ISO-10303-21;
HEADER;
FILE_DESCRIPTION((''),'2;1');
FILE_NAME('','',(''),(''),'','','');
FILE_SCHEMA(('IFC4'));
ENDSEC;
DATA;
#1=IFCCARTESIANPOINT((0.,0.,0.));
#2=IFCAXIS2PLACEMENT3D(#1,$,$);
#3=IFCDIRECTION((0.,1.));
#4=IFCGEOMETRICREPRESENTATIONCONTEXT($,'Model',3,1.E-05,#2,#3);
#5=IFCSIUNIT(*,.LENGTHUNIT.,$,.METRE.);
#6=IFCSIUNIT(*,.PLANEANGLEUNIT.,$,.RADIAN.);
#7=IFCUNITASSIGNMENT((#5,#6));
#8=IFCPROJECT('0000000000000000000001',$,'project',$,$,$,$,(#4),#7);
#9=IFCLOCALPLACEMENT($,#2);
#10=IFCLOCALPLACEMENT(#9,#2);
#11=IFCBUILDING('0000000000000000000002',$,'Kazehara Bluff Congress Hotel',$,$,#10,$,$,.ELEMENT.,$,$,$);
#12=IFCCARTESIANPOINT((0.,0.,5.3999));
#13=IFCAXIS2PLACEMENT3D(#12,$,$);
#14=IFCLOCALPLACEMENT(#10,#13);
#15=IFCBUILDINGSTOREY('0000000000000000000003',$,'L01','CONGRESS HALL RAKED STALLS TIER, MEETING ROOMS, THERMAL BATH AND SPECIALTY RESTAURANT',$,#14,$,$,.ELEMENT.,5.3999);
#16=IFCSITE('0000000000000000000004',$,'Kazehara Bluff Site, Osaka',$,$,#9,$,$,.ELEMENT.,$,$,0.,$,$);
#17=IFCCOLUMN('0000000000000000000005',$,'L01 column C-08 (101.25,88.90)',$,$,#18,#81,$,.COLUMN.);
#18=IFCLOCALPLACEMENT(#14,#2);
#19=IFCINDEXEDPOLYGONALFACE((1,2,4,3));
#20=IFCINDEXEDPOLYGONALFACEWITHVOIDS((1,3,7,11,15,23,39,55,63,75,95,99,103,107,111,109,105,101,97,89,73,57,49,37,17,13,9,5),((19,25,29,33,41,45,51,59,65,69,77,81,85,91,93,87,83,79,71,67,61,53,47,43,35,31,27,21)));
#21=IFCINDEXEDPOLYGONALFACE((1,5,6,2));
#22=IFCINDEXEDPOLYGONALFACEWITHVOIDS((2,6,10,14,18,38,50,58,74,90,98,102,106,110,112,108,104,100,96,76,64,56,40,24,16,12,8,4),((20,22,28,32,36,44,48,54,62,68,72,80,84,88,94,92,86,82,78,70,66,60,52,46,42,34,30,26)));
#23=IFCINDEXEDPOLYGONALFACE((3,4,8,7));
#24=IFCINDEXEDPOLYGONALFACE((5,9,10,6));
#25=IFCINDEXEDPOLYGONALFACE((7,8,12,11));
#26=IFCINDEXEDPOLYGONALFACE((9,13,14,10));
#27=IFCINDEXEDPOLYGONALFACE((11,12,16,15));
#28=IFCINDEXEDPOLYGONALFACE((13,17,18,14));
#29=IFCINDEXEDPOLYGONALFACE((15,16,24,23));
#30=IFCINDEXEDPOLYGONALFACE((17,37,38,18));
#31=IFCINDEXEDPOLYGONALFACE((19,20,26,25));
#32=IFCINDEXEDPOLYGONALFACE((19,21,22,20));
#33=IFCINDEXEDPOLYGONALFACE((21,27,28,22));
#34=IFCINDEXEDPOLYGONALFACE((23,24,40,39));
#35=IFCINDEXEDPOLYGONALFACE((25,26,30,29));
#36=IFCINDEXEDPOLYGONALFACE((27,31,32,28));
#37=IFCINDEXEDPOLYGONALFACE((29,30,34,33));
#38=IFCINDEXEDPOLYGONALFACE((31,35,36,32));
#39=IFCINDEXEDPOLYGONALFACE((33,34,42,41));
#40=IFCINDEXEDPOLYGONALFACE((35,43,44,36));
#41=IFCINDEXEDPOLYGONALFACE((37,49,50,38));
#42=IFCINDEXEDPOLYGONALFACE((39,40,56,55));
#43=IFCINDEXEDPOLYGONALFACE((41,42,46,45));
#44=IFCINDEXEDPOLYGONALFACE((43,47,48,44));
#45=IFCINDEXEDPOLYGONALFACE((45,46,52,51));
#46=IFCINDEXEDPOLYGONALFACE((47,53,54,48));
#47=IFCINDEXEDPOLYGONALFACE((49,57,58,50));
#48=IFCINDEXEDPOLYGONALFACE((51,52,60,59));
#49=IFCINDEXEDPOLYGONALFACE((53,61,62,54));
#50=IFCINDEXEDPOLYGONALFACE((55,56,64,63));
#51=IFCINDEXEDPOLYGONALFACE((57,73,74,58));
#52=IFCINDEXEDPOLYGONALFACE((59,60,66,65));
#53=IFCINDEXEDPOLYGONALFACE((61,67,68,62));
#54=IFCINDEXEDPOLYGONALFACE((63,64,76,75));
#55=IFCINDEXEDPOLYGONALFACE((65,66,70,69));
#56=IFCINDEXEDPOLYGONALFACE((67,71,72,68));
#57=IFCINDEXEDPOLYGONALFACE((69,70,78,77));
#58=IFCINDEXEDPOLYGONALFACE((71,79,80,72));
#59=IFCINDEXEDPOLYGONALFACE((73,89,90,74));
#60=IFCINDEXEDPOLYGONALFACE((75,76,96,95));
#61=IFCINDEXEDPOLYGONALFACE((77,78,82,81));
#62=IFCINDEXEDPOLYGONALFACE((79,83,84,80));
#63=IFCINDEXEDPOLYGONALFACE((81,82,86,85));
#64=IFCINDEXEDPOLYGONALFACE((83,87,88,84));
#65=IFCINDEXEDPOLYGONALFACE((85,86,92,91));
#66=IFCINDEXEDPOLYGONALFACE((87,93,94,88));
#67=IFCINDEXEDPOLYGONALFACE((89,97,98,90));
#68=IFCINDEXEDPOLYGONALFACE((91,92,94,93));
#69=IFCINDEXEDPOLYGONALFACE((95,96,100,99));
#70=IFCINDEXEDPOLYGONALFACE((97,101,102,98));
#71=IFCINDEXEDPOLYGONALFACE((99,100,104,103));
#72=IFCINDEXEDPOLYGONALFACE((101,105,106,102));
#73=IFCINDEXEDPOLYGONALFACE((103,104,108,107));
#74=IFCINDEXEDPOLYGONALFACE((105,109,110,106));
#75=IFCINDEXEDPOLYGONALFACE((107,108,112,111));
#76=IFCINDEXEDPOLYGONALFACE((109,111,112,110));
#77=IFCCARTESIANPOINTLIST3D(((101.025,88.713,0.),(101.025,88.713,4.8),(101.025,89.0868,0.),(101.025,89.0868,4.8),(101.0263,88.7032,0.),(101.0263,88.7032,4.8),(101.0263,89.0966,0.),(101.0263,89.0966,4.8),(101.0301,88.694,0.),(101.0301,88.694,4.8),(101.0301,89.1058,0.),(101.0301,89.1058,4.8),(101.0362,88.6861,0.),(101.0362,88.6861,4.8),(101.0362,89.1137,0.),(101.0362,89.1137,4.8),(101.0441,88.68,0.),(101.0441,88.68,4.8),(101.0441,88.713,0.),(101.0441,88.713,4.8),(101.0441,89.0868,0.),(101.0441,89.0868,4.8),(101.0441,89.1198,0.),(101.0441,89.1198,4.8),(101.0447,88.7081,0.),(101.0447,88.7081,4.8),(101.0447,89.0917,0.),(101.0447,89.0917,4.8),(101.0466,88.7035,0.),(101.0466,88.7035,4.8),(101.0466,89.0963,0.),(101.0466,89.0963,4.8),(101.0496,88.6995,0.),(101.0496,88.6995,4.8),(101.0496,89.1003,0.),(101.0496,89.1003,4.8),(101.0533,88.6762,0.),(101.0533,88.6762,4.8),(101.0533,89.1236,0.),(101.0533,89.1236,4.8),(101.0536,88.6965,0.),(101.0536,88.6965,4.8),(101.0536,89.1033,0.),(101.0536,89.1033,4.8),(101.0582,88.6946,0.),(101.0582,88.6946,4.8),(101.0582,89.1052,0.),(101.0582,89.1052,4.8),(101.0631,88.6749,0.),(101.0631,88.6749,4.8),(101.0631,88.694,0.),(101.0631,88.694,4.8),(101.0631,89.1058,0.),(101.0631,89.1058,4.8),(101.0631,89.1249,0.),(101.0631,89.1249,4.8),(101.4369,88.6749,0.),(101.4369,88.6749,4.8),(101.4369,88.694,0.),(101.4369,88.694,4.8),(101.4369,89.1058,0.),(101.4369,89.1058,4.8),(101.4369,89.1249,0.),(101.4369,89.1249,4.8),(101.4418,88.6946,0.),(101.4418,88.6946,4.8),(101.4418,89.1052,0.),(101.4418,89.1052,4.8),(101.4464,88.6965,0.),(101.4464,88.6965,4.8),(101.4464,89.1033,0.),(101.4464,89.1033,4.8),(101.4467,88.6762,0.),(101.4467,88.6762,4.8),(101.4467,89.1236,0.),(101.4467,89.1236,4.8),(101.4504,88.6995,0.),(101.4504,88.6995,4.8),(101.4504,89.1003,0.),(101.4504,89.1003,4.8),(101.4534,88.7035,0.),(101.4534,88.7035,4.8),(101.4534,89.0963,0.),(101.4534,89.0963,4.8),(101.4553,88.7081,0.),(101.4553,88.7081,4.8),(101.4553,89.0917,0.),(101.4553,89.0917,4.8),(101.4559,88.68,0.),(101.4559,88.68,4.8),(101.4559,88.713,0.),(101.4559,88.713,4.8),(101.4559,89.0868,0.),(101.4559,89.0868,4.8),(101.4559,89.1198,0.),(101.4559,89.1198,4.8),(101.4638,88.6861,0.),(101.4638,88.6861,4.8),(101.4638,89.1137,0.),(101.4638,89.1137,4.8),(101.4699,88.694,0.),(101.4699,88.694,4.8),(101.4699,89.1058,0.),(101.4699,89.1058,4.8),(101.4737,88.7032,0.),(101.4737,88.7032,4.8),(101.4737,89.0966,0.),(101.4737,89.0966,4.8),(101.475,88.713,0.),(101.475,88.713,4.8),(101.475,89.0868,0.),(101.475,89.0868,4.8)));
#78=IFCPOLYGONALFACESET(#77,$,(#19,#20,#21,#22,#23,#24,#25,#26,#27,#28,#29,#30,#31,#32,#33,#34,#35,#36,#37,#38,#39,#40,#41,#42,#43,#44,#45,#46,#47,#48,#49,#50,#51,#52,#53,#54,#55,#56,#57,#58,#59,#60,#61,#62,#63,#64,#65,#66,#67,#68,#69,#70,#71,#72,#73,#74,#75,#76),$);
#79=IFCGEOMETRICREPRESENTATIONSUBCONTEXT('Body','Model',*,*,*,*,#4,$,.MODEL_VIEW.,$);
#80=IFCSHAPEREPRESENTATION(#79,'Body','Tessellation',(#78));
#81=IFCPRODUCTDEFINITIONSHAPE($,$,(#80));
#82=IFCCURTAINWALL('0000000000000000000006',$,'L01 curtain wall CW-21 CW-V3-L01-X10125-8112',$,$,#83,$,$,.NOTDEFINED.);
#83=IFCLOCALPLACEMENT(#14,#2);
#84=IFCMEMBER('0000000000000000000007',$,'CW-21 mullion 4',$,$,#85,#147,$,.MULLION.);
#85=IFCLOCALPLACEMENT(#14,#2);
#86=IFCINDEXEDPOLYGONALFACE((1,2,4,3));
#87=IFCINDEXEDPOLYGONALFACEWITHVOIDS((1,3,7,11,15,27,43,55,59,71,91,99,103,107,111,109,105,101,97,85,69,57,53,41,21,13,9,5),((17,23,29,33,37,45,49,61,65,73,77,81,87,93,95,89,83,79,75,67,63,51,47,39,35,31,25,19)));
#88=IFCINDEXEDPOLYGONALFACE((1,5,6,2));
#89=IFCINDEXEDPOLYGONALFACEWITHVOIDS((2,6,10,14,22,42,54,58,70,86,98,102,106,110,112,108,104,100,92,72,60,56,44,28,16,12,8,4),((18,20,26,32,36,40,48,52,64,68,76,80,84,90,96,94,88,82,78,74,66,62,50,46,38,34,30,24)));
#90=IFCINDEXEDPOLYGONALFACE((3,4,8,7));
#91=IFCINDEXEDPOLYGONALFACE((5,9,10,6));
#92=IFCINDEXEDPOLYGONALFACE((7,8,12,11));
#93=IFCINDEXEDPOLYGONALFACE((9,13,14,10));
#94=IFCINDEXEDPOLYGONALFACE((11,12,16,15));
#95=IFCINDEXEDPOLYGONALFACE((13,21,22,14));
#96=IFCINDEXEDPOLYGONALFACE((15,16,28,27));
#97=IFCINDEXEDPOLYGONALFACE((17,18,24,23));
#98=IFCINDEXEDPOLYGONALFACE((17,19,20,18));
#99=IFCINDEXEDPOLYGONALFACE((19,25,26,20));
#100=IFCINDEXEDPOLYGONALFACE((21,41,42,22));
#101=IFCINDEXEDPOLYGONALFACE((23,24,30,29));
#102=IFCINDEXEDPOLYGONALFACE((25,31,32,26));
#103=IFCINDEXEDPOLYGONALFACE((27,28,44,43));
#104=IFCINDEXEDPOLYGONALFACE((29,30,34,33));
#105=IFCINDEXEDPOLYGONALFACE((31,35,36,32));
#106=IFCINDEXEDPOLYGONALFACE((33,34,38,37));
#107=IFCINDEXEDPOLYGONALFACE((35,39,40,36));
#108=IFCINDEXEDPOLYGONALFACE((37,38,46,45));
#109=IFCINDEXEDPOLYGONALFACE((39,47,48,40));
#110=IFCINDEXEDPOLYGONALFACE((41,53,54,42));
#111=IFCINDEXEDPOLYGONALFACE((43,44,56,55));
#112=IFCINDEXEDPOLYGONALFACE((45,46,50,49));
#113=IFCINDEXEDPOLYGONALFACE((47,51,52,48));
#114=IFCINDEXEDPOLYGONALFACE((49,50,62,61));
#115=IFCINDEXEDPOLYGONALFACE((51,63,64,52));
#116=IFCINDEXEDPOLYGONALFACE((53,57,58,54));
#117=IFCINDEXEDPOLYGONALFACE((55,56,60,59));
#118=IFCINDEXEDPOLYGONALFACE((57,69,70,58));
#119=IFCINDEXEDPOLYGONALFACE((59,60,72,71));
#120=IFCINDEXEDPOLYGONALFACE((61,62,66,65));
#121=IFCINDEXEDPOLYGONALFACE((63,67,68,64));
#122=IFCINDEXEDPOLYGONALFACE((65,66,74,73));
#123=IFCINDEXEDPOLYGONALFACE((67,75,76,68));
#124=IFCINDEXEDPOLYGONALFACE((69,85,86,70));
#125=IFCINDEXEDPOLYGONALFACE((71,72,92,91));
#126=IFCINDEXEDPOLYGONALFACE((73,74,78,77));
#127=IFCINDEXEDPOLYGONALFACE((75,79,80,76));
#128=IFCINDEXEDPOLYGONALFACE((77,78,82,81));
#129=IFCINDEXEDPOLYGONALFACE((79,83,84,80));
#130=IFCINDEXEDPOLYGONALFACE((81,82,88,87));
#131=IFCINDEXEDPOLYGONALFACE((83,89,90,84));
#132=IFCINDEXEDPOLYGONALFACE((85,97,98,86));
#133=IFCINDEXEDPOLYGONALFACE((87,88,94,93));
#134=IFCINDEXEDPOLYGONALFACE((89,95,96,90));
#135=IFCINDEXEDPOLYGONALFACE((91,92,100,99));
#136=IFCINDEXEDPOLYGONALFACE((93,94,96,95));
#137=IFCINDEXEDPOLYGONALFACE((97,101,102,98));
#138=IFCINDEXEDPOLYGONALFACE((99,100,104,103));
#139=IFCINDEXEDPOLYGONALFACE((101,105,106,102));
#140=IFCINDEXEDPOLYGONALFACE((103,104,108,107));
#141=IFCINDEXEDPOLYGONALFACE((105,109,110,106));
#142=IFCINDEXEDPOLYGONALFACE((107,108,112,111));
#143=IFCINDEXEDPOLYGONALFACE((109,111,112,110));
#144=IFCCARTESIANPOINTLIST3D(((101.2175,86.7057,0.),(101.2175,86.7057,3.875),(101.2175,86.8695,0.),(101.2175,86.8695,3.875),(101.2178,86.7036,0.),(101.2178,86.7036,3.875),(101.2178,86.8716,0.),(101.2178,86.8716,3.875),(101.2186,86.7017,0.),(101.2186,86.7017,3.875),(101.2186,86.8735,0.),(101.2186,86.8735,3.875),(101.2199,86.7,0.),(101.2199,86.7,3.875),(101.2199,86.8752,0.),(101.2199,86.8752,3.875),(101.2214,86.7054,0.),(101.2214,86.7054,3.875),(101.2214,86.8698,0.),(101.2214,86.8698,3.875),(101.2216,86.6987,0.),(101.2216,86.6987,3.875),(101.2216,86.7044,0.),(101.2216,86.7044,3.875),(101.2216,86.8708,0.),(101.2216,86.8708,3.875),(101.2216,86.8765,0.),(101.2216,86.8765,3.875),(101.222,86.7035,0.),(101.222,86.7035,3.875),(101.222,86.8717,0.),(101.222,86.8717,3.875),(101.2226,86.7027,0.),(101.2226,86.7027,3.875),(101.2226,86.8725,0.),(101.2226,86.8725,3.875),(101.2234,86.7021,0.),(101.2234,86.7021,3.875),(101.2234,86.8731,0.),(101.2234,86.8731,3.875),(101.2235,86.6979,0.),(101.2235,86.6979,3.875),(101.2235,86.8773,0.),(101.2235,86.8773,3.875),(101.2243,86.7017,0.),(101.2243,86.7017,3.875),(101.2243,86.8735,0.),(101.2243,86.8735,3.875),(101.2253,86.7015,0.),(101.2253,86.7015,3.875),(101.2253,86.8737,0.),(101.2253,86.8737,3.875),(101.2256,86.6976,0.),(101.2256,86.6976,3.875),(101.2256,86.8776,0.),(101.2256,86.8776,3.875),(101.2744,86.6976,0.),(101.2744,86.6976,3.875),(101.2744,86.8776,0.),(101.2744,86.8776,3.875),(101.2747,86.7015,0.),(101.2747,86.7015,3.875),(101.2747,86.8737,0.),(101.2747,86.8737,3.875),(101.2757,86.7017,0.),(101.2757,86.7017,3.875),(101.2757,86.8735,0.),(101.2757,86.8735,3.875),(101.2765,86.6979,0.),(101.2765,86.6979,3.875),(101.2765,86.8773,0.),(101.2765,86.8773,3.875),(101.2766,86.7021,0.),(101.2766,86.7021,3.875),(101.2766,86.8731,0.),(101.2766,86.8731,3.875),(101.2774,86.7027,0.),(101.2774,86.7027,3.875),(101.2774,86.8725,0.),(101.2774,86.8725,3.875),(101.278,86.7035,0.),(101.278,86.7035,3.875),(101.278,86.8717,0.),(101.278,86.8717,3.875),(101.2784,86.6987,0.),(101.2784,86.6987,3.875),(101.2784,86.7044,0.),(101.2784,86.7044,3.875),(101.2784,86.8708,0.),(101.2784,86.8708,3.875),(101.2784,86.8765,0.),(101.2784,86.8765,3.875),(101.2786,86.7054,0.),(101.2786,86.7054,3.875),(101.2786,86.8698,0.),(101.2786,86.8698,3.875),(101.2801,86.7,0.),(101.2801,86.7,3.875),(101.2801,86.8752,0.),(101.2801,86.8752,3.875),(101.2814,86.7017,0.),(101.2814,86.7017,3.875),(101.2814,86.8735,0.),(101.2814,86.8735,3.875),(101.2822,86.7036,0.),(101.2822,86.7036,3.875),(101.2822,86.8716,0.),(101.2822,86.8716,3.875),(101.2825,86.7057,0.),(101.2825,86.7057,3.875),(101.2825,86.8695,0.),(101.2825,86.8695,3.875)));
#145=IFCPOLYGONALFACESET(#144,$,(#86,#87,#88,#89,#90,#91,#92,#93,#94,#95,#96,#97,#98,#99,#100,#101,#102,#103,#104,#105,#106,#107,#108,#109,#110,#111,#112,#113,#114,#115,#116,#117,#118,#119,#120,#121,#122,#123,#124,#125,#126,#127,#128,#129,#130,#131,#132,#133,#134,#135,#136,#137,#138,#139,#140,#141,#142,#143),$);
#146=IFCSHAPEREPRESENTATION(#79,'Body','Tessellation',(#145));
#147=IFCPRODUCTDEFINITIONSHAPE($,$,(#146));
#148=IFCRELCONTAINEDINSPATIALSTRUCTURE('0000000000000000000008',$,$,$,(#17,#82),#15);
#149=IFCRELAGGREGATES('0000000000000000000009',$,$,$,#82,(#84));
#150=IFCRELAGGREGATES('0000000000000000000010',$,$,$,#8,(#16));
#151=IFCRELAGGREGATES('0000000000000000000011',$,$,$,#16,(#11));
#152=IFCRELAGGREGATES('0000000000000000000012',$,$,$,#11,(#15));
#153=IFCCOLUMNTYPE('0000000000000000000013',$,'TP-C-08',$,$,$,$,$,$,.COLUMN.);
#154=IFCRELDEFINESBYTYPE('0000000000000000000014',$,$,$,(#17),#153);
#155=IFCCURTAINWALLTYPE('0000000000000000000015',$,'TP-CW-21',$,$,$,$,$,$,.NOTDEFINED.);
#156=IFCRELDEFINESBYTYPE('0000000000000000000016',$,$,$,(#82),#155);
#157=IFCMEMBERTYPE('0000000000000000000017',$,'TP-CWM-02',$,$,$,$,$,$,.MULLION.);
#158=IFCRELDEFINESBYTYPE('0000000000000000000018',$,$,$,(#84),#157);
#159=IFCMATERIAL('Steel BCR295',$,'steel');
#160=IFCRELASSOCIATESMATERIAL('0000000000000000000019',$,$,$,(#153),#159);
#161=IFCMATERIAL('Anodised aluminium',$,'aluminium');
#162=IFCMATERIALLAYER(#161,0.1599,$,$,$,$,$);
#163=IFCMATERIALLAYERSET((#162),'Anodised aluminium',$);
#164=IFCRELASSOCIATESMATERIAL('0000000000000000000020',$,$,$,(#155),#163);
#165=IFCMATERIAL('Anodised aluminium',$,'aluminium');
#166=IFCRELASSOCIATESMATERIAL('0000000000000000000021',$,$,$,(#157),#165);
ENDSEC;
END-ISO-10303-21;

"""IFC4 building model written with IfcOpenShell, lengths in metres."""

from ifc_helpers import new_model, si_unit, direction, frame, origin, origin_2d, place, context, subcontext, project, spatial, hollow_rectangle, extrude, material, layer, layer_set, material_profile, profile_set, type_object, element, aggregate, save


model = new_model("IFC4")

# Units and contexts
model_context = context("Model", 3, precision=1e-05, world=origin(), true_north=direction((0.0, 1.0)))
body_context = subcontext(model_context, "Body", "Model", "MODEL_VIEW")
ifc_project = project(units=[si_unit("LENGTHUNIT", "METRE"), si_unit("PLANEANGLEUNIT", "RADIAN")], contexts=[model_context])

# Site, building, storey
site_placement = place(None, origin())
site = spatial("IfcSite", under=ifc_project, at=site_placement, Name="Kazehara Bluff Site, Osaka", CompositionType="ELEMENT", RefElevation=0.0)
building_placement = place(site_placement, origin())
building = spatial("IfcBuilding", under=site, at=building_placement, Name="Kazehara Bluff Congress Hotel", CompositionType="ELEMENT")
storey_placement = place(building_placement, frame((0.0, 0.0, 5.3999)))
storey = spatial("IfcBuildingStorey", under=building, at=storey_placement, Name="L01", Description="CONGRESS HALL RAKED STALLS TIER, MEETING ROOMS, THERMAL BATH AND SPECIALTY RESTAURANT", CompositionType="ELEMENT", Elevation=5.3999)

# Column
ifc_material_1 = material(Name="Steel BCR295", Category="steel")
ifc_material_profile_1 = material_profile(ifc_material_1, hollow_rectangle(XDim=0.45, YDim=0.45, WallThickness=0.019, InnerFilletRadius=0.019, OuterFilletRadius=0.0381, at=origin_2d()))
ifc_profile_set_1 = profile_set([ifc_material_profile_1], Name="Steel BCR295")
column_type = type_object("IfcColumnType", Name="TP-C-08", PredefinedType="COLUMN", material=ifc_profile_set_1)
column_placement = place(storey_placement, frame((101.25, 88.8999, 0.0), z_axis=(0.0, 0.0, 1.0), x_axis=(1.0, 0.0, 0.0)))
element("IfcColumn", 1, at=column_placement, inside=storey, type_object=column_type, Name="L01 column C-08 (101.25,88.90)", PredefinedType="COLUMN", context=body_context, shape_type="SweptSolid", body=[
    extrude(hollow_rectangle(XDim=0.45, YDim=0.45, WallThickness=0.019, InnerFilletRadius=0.019, OuterFilletRadius=0.0381, at=origin_2d()), origin(), (0.0, 0.0, 1.0), 4.8),
])

# Curtain wall, member
ifc_material_2 = material(Name="Anodised aluminium", Category="aluminium")
ifc_layer_1 = layer(ifc_material_2, 0.1599)
ifc_layer_set_1 = layer_set([ifc_layer_1], Name="Anodised aluminium")
curtain_wall_type = type_object("IfcCurtainWallType", Name="TP-CW-21", PredefinedType="NOTDEFINED", material=ifc_layer_set_1)
curtain_wall_1_placement = place(storey_placement, origin())
curtain_wall_1 = element("IfcCurtainWall", 2, at=curtain_wall_1_placement, inside=storey, type_object=curtain_wall_type, Name="L01 curtain wall CW-21 CW-V3-L01-X10125-8112", PredefinedType="NOTDEFINED")
ifc_material_3 = material(Name="Anodised aluminium", Category="aluminium")
ifc_material_profile_2 = material_profile(ifc_material_3, hollow_rectangle(XDim=0.0649, YDim=0.1799, WallThickness=0.0039, InnerFilletRadius=0.0039, OuterFilletRadius=0.0081, at=origin_2d()))
ifc_profile_set_2 = profile_set([ifc_material_profile_2], Name="Anodised aluminium")
member_type_1 = type_object("IfcMemberType", Name="TP-CWM-02", PredefinedType="MULLION", material=ifc_profile_set_2)
member_1_placement = place(storey_placement, frame((101.25, 86.7876, 0.0), z_axis=(0.0, 0.0, 1.0), x_axis=(-1.0, 0.0, 0.0)))
member_1 = element("IfcMember", 3, at=member_1_placement, type_object=member_type_1, Name="CW-21 mullion 4", PredefinedType="MULLION", context=body_context, shape_type="SweptSolid", body=[
    extrude(hollow_rectangle(XDim=0.0649, YDim=0.1799, WallThickness=0.0039, InnerFilletRadius=0.0039, OuterFilletRadius=0.0081, at=origin_2d()), origin(), (0.0, 0.0, 1.0), 3.875),
])

aggregate(curtain_wall_1, [member_1])

save(model, "model.ifc")
